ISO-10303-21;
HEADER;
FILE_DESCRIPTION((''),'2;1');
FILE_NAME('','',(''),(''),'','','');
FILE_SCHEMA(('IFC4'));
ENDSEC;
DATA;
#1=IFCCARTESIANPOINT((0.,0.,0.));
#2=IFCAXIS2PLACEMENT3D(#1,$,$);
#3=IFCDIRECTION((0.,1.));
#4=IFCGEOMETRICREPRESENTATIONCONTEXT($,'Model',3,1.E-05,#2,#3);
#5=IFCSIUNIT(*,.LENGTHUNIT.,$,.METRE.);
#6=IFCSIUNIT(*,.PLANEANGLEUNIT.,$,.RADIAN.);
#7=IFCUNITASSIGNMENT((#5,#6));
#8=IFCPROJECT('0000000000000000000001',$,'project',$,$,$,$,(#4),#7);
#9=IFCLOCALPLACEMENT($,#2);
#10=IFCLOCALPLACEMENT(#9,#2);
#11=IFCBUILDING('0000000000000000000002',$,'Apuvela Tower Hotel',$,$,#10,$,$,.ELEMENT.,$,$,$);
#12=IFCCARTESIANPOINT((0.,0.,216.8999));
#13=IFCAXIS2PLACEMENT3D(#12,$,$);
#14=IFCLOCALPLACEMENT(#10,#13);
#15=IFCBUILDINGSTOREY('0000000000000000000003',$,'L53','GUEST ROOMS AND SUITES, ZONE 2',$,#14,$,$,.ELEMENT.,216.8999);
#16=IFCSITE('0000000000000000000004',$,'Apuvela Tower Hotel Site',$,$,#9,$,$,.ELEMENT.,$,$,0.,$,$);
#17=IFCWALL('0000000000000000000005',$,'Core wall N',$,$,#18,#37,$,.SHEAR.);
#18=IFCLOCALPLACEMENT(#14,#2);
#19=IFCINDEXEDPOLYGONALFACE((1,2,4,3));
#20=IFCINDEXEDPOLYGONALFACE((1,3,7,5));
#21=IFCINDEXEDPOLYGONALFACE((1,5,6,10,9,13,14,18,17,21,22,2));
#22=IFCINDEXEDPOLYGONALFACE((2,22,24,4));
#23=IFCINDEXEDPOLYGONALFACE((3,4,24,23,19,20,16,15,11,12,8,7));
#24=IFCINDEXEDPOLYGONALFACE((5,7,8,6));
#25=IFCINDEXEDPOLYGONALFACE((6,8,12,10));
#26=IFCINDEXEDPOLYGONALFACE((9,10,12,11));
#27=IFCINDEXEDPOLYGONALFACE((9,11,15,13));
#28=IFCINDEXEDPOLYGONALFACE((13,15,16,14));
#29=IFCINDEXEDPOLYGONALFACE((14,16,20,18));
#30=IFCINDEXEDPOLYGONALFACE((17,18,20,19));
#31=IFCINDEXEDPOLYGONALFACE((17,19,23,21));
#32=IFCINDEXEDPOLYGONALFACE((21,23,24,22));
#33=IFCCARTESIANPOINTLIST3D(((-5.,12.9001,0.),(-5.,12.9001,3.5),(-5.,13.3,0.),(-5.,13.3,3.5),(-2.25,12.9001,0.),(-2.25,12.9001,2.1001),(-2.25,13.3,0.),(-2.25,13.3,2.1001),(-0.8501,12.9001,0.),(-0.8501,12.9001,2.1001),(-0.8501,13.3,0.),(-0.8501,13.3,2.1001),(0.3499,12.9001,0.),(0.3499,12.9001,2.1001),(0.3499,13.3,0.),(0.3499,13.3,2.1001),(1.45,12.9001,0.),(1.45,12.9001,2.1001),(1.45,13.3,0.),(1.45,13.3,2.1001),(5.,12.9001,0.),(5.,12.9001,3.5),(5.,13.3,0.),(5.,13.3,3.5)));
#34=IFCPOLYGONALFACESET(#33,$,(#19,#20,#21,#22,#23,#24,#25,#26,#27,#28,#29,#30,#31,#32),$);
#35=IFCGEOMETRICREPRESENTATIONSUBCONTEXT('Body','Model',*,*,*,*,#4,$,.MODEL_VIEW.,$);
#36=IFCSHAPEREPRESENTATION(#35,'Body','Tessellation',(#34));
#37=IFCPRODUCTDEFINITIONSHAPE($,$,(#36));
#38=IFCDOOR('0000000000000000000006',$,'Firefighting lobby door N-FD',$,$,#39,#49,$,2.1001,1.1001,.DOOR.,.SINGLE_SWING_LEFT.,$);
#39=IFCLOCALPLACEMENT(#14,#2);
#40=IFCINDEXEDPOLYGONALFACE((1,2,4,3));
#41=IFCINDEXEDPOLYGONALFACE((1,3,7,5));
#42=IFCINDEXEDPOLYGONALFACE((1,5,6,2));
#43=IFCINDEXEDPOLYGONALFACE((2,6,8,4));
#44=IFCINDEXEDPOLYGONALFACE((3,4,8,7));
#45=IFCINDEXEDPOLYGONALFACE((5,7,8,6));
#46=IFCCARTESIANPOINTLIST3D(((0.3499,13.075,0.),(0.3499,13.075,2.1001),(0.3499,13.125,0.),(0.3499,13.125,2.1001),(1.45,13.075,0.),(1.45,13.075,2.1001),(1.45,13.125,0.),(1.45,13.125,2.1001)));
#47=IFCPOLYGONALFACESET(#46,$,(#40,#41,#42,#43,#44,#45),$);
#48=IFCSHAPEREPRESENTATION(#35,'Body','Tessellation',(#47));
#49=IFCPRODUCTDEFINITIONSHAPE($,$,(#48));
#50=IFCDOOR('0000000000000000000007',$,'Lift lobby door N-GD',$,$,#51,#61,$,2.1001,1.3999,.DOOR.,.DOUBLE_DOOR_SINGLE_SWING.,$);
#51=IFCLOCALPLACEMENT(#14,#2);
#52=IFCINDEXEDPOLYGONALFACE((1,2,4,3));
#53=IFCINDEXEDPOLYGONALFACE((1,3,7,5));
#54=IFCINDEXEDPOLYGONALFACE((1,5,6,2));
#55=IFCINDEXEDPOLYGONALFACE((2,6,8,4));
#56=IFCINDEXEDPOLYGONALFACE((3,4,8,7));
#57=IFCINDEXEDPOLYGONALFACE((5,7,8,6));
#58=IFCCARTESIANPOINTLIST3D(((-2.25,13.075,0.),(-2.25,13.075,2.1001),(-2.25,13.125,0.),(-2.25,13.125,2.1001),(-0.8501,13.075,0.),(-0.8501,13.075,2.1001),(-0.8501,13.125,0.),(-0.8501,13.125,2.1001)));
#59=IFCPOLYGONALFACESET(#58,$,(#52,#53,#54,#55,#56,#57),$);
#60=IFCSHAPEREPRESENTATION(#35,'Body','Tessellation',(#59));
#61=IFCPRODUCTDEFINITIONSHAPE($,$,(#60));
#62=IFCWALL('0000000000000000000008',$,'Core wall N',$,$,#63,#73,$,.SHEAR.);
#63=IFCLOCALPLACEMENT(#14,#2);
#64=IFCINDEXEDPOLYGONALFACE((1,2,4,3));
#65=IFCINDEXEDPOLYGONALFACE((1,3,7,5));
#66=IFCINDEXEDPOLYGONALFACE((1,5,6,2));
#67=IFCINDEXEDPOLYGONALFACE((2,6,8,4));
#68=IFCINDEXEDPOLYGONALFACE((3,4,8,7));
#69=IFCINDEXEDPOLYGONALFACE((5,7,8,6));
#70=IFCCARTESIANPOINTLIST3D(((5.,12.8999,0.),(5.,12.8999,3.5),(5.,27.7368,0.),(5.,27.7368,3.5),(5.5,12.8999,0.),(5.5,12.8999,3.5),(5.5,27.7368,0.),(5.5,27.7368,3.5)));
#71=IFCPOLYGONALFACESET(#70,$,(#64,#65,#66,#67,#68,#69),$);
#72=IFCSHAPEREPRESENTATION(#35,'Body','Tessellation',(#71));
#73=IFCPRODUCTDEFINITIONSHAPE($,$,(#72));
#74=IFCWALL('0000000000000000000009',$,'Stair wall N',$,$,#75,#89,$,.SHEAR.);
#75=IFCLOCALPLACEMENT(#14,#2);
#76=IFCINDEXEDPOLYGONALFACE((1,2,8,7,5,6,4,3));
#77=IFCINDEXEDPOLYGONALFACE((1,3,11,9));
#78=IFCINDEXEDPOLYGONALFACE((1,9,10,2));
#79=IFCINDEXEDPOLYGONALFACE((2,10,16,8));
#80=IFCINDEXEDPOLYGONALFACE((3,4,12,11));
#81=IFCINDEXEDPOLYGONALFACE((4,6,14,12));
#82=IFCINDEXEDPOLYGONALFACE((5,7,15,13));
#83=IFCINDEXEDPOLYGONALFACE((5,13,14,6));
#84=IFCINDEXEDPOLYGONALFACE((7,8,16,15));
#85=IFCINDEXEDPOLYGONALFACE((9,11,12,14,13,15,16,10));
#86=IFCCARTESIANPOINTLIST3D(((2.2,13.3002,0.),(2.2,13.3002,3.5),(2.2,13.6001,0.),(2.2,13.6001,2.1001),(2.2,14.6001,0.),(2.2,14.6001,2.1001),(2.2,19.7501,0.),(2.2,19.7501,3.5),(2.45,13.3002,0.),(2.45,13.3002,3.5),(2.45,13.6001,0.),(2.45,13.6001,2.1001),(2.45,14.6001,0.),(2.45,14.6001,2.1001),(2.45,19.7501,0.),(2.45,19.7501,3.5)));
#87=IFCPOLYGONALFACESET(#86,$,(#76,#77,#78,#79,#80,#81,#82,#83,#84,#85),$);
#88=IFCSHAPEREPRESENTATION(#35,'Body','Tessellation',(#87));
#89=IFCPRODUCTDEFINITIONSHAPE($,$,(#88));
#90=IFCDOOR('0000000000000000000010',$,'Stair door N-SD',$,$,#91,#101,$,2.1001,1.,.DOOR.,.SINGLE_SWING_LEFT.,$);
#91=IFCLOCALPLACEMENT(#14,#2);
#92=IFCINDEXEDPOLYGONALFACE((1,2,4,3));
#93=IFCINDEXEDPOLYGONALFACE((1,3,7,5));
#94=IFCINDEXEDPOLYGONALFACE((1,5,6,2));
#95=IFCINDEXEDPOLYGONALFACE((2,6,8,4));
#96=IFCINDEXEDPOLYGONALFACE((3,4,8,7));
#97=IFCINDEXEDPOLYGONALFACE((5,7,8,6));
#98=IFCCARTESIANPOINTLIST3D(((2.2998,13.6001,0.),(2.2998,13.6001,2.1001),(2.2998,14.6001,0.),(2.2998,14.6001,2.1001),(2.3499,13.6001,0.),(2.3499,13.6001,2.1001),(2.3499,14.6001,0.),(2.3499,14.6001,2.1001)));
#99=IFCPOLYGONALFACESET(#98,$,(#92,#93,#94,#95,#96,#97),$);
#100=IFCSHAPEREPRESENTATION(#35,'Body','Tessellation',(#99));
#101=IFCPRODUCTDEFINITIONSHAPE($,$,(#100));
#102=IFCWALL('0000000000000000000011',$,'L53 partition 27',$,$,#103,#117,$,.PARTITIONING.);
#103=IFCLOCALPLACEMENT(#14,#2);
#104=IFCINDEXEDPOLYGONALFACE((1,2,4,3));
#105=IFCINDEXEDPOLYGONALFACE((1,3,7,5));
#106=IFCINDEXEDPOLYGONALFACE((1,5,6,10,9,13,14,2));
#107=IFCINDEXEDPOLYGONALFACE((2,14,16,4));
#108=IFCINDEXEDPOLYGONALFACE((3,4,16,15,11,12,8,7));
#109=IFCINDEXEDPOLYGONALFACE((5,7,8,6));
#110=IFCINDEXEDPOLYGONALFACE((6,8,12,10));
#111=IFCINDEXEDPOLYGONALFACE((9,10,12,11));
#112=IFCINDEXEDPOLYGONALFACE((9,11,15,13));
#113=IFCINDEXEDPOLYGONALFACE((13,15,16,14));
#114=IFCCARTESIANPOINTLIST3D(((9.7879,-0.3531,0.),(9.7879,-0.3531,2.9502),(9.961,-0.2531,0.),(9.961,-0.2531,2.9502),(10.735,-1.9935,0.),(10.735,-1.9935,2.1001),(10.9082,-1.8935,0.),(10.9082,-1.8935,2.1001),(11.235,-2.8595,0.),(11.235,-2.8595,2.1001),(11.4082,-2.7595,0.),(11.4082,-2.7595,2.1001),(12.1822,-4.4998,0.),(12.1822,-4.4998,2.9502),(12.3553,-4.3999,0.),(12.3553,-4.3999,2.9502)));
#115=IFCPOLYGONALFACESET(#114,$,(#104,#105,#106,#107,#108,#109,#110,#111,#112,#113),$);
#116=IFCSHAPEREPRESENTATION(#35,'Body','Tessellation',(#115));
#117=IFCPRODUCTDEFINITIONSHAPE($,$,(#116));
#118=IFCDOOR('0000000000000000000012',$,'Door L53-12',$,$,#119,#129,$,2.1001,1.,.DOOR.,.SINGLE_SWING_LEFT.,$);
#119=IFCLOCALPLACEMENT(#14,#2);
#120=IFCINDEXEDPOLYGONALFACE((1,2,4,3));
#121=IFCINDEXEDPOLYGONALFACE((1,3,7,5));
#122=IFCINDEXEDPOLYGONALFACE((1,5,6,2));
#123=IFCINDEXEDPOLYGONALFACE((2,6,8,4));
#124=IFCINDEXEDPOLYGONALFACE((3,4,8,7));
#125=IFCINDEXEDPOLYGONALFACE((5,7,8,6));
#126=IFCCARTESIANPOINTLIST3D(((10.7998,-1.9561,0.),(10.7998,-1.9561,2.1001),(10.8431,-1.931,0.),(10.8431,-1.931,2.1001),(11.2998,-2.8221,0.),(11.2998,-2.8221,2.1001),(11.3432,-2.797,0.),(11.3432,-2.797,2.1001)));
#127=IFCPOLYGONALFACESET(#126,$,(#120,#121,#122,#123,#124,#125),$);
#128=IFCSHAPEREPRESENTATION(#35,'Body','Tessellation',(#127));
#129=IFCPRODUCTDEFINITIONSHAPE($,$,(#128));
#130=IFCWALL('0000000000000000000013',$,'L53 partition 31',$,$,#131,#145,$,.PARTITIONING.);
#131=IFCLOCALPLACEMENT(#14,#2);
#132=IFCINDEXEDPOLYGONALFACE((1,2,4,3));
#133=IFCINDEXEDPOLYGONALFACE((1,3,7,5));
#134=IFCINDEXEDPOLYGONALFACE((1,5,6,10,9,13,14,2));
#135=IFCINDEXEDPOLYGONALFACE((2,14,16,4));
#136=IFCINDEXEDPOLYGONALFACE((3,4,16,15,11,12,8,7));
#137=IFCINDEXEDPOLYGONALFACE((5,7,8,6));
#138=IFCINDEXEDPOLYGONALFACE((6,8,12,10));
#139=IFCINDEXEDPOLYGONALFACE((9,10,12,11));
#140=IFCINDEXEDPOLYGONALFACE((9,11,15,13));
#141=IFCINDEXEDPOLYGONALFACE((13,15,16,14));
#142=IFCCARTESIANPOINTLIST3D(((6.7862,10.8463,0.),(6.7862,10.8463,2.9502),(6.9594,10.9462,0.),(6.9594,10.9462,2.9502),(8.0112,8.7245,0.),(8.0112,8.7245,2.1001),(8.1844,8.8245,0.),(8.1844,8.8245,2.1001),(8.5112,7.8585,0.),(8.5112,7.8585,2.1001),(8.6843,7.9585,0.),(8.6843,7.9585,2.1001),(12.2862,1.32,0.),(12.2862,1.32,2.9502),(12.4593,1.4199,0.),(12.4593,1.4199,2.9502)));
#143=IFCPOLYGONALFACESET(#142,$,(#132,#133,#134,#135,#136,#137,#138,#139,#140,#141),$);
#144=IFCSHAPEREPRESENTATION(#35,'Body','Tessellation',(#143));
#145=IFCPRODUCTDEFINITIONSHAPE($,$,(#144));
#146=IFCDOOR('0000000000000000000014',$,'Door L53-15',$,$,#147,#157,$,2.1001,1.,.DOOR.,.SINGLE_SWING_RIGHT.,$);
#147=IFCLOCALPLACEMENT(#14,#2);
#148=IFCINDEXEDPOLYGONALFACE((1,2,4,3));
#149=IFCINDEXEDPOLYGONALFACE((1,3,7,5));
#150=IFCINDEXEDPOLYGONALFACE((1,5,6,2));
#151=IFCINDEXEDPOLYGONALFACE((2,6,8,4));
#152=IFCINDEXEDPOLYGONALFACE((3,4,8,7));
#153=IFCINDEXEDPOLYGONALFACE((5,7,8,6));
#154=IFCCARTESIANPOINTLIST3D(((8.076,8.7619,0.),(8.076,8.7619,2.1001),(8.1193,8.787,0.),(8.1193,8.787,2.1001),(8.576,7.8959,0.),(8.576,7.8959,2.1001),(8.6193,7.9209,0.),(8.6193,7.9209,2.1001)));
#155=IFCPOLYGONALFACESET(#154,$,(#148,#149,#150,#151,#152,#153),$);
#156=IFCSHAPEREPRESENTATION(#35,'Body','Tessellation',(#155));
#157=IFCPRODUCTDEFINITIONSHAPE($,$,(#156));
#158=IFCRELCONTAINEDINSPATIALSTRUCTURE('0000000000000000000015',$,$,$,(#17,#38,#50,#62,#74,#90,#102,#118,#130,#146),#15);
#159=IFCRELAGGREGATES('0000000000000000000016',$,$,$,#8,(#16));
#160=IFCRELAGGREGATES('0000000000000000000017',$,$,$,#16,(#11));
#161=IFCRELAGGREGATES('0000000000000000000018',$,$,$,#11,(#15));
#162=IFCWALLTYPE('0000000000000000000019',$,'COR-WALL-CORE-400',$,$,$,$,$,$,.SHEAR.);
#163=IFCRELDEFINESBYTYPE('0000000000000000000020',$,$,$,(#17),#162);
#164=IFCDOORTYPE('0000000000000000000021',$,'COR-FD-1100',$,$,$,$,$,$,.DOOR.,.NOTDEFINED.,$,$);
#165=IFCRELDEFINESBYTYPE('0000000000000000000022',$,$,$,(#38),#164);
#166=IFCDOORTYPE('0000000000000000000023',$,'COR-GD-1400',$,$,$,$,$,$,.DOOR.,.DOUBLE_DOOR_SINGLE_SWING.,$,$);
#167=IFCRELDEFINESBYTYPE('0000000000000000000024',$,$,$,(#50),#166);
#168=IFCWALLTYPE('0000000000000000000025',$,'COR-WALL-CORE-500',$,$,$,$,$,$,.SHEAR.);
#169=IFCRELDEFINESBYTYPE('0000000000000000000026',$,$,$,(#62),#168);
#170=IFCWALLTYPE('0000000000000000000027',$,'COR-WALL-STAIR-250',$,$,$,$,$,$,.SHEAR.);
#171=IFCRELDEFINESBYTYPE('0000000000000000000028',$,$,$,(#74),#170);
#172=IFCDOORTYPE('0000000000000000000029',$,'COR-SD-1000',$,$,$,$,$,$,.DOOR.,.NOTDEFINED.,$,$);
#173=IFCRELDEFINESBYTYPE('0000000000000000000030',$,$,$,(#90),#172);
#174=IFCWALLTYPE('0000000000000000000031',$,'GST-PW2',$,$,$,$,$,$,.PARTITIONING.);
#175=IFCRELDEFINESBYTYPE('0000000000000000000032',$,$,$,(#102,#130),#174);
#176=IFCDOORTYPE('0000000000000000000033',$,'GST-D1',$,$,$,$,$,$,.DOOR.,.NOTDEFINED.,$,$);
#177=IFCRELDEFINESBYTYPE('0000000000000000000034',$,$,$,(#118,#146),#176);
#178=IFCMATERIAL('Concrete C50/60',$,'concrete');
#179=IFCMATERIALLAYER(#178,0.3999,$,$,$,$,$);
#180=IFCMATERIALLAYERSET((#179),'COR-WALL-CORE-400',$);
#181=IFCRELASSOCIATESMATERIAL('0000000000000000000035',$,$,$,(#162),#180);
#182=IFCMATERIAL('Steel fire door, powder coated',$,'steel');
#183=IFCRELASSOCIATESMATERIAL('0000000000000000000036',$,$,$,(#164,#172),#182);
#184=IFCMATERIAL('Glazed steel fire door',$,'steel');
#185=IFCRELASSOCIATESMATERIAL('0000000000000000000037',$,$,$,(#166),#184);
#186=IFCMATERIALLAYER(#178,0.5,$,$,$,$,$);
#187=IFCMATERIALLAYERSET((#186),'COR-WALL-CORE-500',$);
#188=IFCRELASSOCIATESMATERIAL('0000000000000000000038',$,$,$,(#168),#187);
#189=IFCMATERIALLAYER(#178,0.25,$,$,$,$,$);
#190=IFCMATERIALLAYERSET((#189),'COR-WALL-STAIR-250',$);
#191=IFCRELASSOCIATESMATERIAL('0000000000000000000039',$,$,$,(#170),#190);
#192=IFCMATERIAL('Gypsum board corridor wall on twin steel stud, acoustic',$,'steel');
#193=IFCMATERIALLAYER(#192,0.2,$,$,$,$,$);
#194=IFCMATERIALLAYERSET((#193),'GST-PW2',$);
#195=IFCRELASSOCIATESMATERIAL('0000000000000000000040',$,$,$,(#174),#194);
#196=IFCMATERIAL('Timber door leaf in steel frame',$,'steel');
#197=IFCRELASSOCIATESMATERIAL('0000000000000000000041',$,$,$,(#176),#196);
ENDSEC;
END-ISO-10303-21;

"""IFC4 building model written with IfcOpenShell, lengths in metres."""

from ifc_helpers import new_model, si_unit, direction, frame, frame_2d, origin, place, context, subcontext, project, spatial, rectangle, extrude, material, layer, layer_set, type_object, element, fill, save


model = new_model("IFC4")

# Units and contexts
model_context = context("Model", 3, precision=1e-05, world=origin(), true_north=direction((0.0, 1.0)))
body_context = subcontext(model_context, "Body", "Model", "MODEL_VIEW")
ifc_project = project(units=[si_unit("LENGTHUNIT", "METRE"), si_unit("PLANEANGLEUNIT", "RADIAN")], contexts=[model_context])

# Site, building, storey
site_placement = place(None, origin())
site = spatial("IfcSite", under=ifc_project, at=site_placement, Name="Apuvela Tower Hotel Site", CompositionType="ELEMENT", RefElevation=0.0)
building_placement = place(site_placement, origin())
building = spatial("IfcBuilding", under=site, at=building_placement, Name="Apuvela Tower Hotel", CompositionType="ELEMENT")
storey_placement = place(building_placement, frame((0.0, 0.0, 216.8999)))
storey = spatial("IfcBuildingStorey", under=building, at=storey_placement, Name="L53", Description="GUEST ROOMS AND SUITES, ZONE 2", CompositionType="ELEMENT", Elevation=216.8999)

# Shared definitions
ifc_material_1 = material(Name="Concrete C50/60", Category="concrete")

# Wall, openings, doors
ifc_layer_1 = layer(ifc_material_1, 0.3999)
ifc_layer_set_1 = layer_set([ifc_layer_1], Name="COR-WALL-CORE-400")
wall_type_1 = type_object("IfcWallType", Name="COR-WALL-CORE-400", PredefinedType="SHEAR", material=ifc_layer_set_1)
wall_1_placement = place(storey_placement, frame((5.0, 13.1001, 0.0), z_axis=(0.0, 0.0, 1.0), x_axis=(-1.0, 0.0, 0.0)))
wall_1 = element("IfcWall", 1, at=wall_1_placement, inside=storey, type_object=wall_type_1, Name="Core wall N", PredefinedType="SHEAR", context=body_context, shape_type="SweptSolid", body=[
    extrude(rectangle(XDim=10.0, YDim=0.3999, at=frame_2d((5.0, 0.0))), origin(), (0.0, 0.0, 1.0), 3.5),
])
opening_1_placement = place(wall_1_placement, frame((3.55, 0.0, 0.0)))
opening_1 = element("IfcOpeningElement", 2, at=opening_1_placement, cuts=wall_1, PredefinedType="OPENING", context=body_context, shape_type="SweptSolid", body=[
    extrude(rectangle(XDim=1.1001, YDim=2.1001, at=frame_2d((0.55, 1.05))), frame((0.0, 0.21, 0.0), z_axis=(0.0, -1.0, 0.0), x_axis=(1.0, 0.0, 0.0)), (0.0, 0.0, 1.0), 0.4199),
])
opening_2_placement = place(wall_1_placement, frame((5.8501, 0.0, 0.0)))
opening_2 = element("IfcOpeningElement", 3, at=opening_2_placement, cuts=wall_1, PredefinedType="OPENING", context=body_context, shape_type="SweptSolid", body=[
    extrude(rectangle(XDim=1.3999, YDim=2.1001, at=frame_2d((0.7, 1.05))), frame((0.0, 0.21, 0.0), z_axis=(0.0, -1.0, 0.0), x_axis=(1.0, 0.0, 0.0)), (0.0, 0.0, 1.0), 0.4199),
])
ifc_material_2 = material(Name="Steel fire door, powder coated", Category="steel")
door_type_1 = type_object("IfcDoorType", Name="COR-FD-1100", OperationType="NOTDEFINED", PredefinedType="DOOR", material=ifc_material_2)
door_1_placement = place(opening_1_placement, frame((1.1001, 0.0, 0.0), z_axis=(0.0, 0.0, 1.0), x_axis=(-1.0, 0.0, 0.0)))
door_1 = element("IfcDoor", 4, at=door_1_placement, inside=storey, type_object=door_type_1, Name="Firefighting lobby door N-FD", OperationType="SINGLE_SWING_LEFT", OverallHeight=2.1001, OverallWidth=1.1001, PredefinedType="DOOR", context=body_context, shape_type="SweptSolid", body=[
    extrude(rectangle(XDim=1.1001, YDim=2.1001, at=frame_2d((0.55, 1.05))), frame((0.0, 0.0249, 0.0), z_axis=(0.0, -1.0, 0.0), x_axis=(1.0, 0.0, 0.0)), (0.0, 0.0, 1.0), 0.05),
])
fill(opening_1, door_1)
ifc_material_3 = material(Name="Glazed steel fire door", Category="steel")
door_type_2 = type_object("IfcDoorType", Name="COR-GD-1400", OperationType="DOUBLE_DOOR_SINGLE_SWING", PredefinedType="DOOR", material=ifc_material_3)
door_2_placement = place(opening_2_placement, frame((1.3999, 0.0, 0.0), z_axis=(0.0, 0.0, 1.0), x_axis=(-1.0, 0.0, 0.0)))
door_2 = element("IfcDoor", 5, at=door_2_placement, inside=storey, type_object=door_type_2, Name="Lift lobby door N-GD", OperationType="DOUBLE_DOOR_SINGLE_SWING", OverallHeight=2.1001, OverallWidth=1.3999, PredefinedType="DOOR", context=body_context, shape_type="SweptSolid", body=[
    extrude(rectangle(XDim=1.3999, YDim=2.1001, at=frame_2d((0.7, 1.05))), frame((0.0, 0.0249, 0.0), z_axis=(0.0, -1.0, 0.0), x_axis=(1.0, 0.0, 0.0)), (0.0, 0.0, 1.0), 0.05),
])
fill(opening_2, door_2)

# Wall
ifc_layer_2 = layer(ifc_material_1, 0.5)
ifc_layer_set_2 = layer_set([ifc_layer_2], Name="COR-WALL-CORE-500")
wall_type_2 = type_object("IfcWallType", Name="COR-WALL-CORE-500", PredefinedType="SHEAR", material=ifc_layer_set_2)
wall_2_placement = place(storey_placement, frame((5.25, 12.8999, 0.0), z_axis=(0.0, 0.0, 1.0), x_axis=(0.0, 1.0, 0.0)))
element("IfcWall", 6, at=wall_2_placement, inside=storey, type_object=wall_type_2, Name="Core wall N", PredefinedType="SHEAR", context=body_context, shape_type="SweptSolid", body=[
    extrude(rectangle(XDim=14.8369, YDim=0.5, at=frame_2d((7.4185, 0.0))), origin(), (0.0, 0.0, 1.0), 3.5),
])

# Walls, openings, doors
ifc_layer_3 = layer(ifc_material_1, 0.25)
ifc_layer_set_3 = layer_set([ifc_layer_3], Name="COR-WALL-STAIR-250")
wall_type_3 = type_object("IfcWallType", Name="COR-WALL-STAIR-250", PredefinedType="SHEAR", material=ifc_layer_set_3)
wall_3_placement = place(storey_placement, frame((2.325, 13.3, 0.0), z_axis=(0.0, 0.0, 1.0), x_axis=(0.0, 1.0, 0.0)))
wall_3 = element("IfcWall", 7, at=wall_3_placement, inside=storey, type_object=wall_type_3, Name="Stair wall N", PredefinedType="SHEAR", context=body_context, shape_type="SweptSolid", body=[
    extrude(rectangle(XDim=6.45, YDim=0.25, at=frame_2d((3.2251, 0.0))), origin(), (0.0, 0.0, 1.0), 3.5),
])
opening_3_placement = place(wall_3_placement, frame((0.3, 0.0, 0.0)))
opening_3 = element("IfcOpeningElement", 8, at=opening_3_placement, cuts=wall_3, PredefinedType="OPENING", context=body_context, shape_type="SweptSolid", body=[
    extrude(rectangle(XDim=1.0, YDim=2.1001, at=frame_2d((0.5, 1.05))), frame((0.0, 0.135, 0.0), z_axis=(0.0, -1.0, 0.0), x_axis=(1.0, 0.0, 0.0)), (0.0, 0.0, 1.0), 0.27),
])
door_type_3 = type_object("IfcDoorType", Name="COR-SD-1000", OperationType="NOTDEFINED", PredefinedType="DOOR", material=ifc_material_2)
door_3_placement = place(opening_3_placement, frame((1.0, 0.0, 0.0), z_axis=(0.0, 0.0, 1.0), x_axis=(-1.0, 0.0, 0.0)))
door_3 = element("IfcDoor", 9, at=door_3_placement, inside=storey, type_object=door_type_3, Name="Stair door N-SD", OperationType="SINGLE_SWING_LEFT", OverallHeight=2.1001, OverallWidth=1.0, PredefinedType="DOOR", context=body_context, shape_type="SweptSolid", body=[
    extrude(rectangle(XDim=1.0, YDim=2.1001, at=frame_2d((0.5, 1.05))), frame((0.0, 0.0249, 0.0), z_axis=(0.0, -1.0, 0.0), x_axis=(1.0, 0.0, 0.0)), (0.0, 0.0, 1.0), 0.05),
])
fill(opening_3, door_3)
ifc_material_4 = material(Name="Gypsum board corridor wall on twin steel stud, acoustic", Category="steel")
ifc_layer_4 = layer(ifc_material_4, 0.2)
ifc_layer_set_4 = layer_set([ifc_layer_4], Name="GST-PW2")
wall_type_4 = type_object("IfcWallType", Name="GST-PW2", PredefinedType="PARTITIONING", material=ifc_layer_set_4)
wall_4_placement = place(storey_placement, frame((9.8745, -0.3032, 0.0), z_axis=(0.0, 0.0, 1.0), x_axis=(0.500027, -0.86601, 0.0)))
wall_4 = element("IfcWall", 10, at=wall_4_placement, inside=storey, type_object=wall_type_4, Name="L53 partition 27", PredefinedType="PARTITIONING", context=body_context, shape_type="SweptSolid", body=[
    extrude(rectangle(XDim=4.7883, YDim=0.2, at=frame_2d((2.394, 0.0))), origin(), (0.0, 0.0, 1.0), 2.9502),
])
opening_4_placement = place(wall_4_placement, frame((1.894, 0.0, 0.0)))
opening_4 = element("IfcOpeningElement", 11, at=opening_4_placement, cuts=wall_4, PredefinedType="OPENING", context=body_context, shape_type="SweptSolid", body=[
    extrude(rectangle(XDim=1.0, YDim=2.1001, at=frame_2d((0.5, 1.05))), frame((0.0, 0.1099, 0.0), z_axis=(0.0, -1.0, 0.0), x_axis=(1.0, 0.0, 0.0)), (0.0, 0.0, 1.0), 0.22),
])
ifc_material_5 = material(Name="Timber door leaf in steel frame", Category="steel")
door_type_4 = type_object("IfcDoorType", Name="GST-D1", OperationType="NOTDEFINED", PredefinedType="DOOR", material=ifc_material_5)
door_4_placement = place(opening_4_placement, origin())
door_4 = element("IfcDoor", 12, at=door_4_placement, inside=storey, type_object=door_type_4, Name="Door L53-12", OperationType="SINGLE_SWING_LEFT", OverallHeight=2.1001, OverallWidth=1.0, PredefinedType="DOOR", context=body_context, shape_type="SweptSolid", body=[
    extrude(rectangle(XDim=1.0, YDim=2.1001, at=frame_2d((0.5, 1.05))), frame((0.0, 0.0249, 0.0), z_axis=(0.0, -1.0, 0.0), x_axis=(1.0, 0.0, 0.0)), (0.0, 0.0, 1.0), 0.05),
])
fill(opening_4, door_4)
wall_5_placement = place(storey_placement, frame((6.8728, 10.8962, 0.0), z_axis=(0.0, 0.0, 1.0), x_axis=(0.499997, -0.866027, 0.0)))
wall_5 = element("IfcWall", 13, at=wall_5_placement, inside=storey, type_object=wall_type_4, Name="L53 partition 31", PredefinedType="PARTITIONING", context=body_context, shape_type="SweptSolid", body=[
    extrude(rectangle(XDim=11.0, YDim=0.2, at=frame_2d((5.5, 0.0))), origin(), (0.0, 0.0, 1.0), 2.9502),
])
opening_5_placement = place(wall_5_placement, frame((2.45, 0.0, 0.0)))
opening_5 = element("IfcOpeningElement", 14, at=opening_5_placement, cuts=wall_5, PredefinedType="OPENING", context=body_context, shape_type="SweptSolid", body=[
    extrude(rectangle(XDim=1.0, YDim=2.1001, at=frame_2d((0.5, 1.05))), frame((0.0, 0.1099, 0.0), z_axis=(0.0, -1.0, 0.0), x_axis=(1.0, 0.0, 0.0)), (0.0, 0.0, 1.0), 0.22),
])
door_5_placement = place(opening_5_placement, origin())
door_5 = element("IfcDoor", 15, at=door_5_placement, inside=storey, type_object=door_type_4, Name="Door L53-15", OperationType="SINGLE_SWING_RIGHT", OverallHeight=2.1001, OverallWidth=1.0, PredefinedType="DOOR", context=body_context, shape_type="SweptSolid", body=[
    extrude(rectangle(XDim=1.0, YDim=2.1001, at=frame_2d((0.5, 1.05))), frame((0.0, 0.0249, 0.0), z_axis=(0.0, -1.0, 0.0), x_axis=(1.0, 0.0, 0.0)), (0.0, 0.0, 1.0), 0.05),
])
fill(opening_5, door_5)

save(model, "model.ifc")
